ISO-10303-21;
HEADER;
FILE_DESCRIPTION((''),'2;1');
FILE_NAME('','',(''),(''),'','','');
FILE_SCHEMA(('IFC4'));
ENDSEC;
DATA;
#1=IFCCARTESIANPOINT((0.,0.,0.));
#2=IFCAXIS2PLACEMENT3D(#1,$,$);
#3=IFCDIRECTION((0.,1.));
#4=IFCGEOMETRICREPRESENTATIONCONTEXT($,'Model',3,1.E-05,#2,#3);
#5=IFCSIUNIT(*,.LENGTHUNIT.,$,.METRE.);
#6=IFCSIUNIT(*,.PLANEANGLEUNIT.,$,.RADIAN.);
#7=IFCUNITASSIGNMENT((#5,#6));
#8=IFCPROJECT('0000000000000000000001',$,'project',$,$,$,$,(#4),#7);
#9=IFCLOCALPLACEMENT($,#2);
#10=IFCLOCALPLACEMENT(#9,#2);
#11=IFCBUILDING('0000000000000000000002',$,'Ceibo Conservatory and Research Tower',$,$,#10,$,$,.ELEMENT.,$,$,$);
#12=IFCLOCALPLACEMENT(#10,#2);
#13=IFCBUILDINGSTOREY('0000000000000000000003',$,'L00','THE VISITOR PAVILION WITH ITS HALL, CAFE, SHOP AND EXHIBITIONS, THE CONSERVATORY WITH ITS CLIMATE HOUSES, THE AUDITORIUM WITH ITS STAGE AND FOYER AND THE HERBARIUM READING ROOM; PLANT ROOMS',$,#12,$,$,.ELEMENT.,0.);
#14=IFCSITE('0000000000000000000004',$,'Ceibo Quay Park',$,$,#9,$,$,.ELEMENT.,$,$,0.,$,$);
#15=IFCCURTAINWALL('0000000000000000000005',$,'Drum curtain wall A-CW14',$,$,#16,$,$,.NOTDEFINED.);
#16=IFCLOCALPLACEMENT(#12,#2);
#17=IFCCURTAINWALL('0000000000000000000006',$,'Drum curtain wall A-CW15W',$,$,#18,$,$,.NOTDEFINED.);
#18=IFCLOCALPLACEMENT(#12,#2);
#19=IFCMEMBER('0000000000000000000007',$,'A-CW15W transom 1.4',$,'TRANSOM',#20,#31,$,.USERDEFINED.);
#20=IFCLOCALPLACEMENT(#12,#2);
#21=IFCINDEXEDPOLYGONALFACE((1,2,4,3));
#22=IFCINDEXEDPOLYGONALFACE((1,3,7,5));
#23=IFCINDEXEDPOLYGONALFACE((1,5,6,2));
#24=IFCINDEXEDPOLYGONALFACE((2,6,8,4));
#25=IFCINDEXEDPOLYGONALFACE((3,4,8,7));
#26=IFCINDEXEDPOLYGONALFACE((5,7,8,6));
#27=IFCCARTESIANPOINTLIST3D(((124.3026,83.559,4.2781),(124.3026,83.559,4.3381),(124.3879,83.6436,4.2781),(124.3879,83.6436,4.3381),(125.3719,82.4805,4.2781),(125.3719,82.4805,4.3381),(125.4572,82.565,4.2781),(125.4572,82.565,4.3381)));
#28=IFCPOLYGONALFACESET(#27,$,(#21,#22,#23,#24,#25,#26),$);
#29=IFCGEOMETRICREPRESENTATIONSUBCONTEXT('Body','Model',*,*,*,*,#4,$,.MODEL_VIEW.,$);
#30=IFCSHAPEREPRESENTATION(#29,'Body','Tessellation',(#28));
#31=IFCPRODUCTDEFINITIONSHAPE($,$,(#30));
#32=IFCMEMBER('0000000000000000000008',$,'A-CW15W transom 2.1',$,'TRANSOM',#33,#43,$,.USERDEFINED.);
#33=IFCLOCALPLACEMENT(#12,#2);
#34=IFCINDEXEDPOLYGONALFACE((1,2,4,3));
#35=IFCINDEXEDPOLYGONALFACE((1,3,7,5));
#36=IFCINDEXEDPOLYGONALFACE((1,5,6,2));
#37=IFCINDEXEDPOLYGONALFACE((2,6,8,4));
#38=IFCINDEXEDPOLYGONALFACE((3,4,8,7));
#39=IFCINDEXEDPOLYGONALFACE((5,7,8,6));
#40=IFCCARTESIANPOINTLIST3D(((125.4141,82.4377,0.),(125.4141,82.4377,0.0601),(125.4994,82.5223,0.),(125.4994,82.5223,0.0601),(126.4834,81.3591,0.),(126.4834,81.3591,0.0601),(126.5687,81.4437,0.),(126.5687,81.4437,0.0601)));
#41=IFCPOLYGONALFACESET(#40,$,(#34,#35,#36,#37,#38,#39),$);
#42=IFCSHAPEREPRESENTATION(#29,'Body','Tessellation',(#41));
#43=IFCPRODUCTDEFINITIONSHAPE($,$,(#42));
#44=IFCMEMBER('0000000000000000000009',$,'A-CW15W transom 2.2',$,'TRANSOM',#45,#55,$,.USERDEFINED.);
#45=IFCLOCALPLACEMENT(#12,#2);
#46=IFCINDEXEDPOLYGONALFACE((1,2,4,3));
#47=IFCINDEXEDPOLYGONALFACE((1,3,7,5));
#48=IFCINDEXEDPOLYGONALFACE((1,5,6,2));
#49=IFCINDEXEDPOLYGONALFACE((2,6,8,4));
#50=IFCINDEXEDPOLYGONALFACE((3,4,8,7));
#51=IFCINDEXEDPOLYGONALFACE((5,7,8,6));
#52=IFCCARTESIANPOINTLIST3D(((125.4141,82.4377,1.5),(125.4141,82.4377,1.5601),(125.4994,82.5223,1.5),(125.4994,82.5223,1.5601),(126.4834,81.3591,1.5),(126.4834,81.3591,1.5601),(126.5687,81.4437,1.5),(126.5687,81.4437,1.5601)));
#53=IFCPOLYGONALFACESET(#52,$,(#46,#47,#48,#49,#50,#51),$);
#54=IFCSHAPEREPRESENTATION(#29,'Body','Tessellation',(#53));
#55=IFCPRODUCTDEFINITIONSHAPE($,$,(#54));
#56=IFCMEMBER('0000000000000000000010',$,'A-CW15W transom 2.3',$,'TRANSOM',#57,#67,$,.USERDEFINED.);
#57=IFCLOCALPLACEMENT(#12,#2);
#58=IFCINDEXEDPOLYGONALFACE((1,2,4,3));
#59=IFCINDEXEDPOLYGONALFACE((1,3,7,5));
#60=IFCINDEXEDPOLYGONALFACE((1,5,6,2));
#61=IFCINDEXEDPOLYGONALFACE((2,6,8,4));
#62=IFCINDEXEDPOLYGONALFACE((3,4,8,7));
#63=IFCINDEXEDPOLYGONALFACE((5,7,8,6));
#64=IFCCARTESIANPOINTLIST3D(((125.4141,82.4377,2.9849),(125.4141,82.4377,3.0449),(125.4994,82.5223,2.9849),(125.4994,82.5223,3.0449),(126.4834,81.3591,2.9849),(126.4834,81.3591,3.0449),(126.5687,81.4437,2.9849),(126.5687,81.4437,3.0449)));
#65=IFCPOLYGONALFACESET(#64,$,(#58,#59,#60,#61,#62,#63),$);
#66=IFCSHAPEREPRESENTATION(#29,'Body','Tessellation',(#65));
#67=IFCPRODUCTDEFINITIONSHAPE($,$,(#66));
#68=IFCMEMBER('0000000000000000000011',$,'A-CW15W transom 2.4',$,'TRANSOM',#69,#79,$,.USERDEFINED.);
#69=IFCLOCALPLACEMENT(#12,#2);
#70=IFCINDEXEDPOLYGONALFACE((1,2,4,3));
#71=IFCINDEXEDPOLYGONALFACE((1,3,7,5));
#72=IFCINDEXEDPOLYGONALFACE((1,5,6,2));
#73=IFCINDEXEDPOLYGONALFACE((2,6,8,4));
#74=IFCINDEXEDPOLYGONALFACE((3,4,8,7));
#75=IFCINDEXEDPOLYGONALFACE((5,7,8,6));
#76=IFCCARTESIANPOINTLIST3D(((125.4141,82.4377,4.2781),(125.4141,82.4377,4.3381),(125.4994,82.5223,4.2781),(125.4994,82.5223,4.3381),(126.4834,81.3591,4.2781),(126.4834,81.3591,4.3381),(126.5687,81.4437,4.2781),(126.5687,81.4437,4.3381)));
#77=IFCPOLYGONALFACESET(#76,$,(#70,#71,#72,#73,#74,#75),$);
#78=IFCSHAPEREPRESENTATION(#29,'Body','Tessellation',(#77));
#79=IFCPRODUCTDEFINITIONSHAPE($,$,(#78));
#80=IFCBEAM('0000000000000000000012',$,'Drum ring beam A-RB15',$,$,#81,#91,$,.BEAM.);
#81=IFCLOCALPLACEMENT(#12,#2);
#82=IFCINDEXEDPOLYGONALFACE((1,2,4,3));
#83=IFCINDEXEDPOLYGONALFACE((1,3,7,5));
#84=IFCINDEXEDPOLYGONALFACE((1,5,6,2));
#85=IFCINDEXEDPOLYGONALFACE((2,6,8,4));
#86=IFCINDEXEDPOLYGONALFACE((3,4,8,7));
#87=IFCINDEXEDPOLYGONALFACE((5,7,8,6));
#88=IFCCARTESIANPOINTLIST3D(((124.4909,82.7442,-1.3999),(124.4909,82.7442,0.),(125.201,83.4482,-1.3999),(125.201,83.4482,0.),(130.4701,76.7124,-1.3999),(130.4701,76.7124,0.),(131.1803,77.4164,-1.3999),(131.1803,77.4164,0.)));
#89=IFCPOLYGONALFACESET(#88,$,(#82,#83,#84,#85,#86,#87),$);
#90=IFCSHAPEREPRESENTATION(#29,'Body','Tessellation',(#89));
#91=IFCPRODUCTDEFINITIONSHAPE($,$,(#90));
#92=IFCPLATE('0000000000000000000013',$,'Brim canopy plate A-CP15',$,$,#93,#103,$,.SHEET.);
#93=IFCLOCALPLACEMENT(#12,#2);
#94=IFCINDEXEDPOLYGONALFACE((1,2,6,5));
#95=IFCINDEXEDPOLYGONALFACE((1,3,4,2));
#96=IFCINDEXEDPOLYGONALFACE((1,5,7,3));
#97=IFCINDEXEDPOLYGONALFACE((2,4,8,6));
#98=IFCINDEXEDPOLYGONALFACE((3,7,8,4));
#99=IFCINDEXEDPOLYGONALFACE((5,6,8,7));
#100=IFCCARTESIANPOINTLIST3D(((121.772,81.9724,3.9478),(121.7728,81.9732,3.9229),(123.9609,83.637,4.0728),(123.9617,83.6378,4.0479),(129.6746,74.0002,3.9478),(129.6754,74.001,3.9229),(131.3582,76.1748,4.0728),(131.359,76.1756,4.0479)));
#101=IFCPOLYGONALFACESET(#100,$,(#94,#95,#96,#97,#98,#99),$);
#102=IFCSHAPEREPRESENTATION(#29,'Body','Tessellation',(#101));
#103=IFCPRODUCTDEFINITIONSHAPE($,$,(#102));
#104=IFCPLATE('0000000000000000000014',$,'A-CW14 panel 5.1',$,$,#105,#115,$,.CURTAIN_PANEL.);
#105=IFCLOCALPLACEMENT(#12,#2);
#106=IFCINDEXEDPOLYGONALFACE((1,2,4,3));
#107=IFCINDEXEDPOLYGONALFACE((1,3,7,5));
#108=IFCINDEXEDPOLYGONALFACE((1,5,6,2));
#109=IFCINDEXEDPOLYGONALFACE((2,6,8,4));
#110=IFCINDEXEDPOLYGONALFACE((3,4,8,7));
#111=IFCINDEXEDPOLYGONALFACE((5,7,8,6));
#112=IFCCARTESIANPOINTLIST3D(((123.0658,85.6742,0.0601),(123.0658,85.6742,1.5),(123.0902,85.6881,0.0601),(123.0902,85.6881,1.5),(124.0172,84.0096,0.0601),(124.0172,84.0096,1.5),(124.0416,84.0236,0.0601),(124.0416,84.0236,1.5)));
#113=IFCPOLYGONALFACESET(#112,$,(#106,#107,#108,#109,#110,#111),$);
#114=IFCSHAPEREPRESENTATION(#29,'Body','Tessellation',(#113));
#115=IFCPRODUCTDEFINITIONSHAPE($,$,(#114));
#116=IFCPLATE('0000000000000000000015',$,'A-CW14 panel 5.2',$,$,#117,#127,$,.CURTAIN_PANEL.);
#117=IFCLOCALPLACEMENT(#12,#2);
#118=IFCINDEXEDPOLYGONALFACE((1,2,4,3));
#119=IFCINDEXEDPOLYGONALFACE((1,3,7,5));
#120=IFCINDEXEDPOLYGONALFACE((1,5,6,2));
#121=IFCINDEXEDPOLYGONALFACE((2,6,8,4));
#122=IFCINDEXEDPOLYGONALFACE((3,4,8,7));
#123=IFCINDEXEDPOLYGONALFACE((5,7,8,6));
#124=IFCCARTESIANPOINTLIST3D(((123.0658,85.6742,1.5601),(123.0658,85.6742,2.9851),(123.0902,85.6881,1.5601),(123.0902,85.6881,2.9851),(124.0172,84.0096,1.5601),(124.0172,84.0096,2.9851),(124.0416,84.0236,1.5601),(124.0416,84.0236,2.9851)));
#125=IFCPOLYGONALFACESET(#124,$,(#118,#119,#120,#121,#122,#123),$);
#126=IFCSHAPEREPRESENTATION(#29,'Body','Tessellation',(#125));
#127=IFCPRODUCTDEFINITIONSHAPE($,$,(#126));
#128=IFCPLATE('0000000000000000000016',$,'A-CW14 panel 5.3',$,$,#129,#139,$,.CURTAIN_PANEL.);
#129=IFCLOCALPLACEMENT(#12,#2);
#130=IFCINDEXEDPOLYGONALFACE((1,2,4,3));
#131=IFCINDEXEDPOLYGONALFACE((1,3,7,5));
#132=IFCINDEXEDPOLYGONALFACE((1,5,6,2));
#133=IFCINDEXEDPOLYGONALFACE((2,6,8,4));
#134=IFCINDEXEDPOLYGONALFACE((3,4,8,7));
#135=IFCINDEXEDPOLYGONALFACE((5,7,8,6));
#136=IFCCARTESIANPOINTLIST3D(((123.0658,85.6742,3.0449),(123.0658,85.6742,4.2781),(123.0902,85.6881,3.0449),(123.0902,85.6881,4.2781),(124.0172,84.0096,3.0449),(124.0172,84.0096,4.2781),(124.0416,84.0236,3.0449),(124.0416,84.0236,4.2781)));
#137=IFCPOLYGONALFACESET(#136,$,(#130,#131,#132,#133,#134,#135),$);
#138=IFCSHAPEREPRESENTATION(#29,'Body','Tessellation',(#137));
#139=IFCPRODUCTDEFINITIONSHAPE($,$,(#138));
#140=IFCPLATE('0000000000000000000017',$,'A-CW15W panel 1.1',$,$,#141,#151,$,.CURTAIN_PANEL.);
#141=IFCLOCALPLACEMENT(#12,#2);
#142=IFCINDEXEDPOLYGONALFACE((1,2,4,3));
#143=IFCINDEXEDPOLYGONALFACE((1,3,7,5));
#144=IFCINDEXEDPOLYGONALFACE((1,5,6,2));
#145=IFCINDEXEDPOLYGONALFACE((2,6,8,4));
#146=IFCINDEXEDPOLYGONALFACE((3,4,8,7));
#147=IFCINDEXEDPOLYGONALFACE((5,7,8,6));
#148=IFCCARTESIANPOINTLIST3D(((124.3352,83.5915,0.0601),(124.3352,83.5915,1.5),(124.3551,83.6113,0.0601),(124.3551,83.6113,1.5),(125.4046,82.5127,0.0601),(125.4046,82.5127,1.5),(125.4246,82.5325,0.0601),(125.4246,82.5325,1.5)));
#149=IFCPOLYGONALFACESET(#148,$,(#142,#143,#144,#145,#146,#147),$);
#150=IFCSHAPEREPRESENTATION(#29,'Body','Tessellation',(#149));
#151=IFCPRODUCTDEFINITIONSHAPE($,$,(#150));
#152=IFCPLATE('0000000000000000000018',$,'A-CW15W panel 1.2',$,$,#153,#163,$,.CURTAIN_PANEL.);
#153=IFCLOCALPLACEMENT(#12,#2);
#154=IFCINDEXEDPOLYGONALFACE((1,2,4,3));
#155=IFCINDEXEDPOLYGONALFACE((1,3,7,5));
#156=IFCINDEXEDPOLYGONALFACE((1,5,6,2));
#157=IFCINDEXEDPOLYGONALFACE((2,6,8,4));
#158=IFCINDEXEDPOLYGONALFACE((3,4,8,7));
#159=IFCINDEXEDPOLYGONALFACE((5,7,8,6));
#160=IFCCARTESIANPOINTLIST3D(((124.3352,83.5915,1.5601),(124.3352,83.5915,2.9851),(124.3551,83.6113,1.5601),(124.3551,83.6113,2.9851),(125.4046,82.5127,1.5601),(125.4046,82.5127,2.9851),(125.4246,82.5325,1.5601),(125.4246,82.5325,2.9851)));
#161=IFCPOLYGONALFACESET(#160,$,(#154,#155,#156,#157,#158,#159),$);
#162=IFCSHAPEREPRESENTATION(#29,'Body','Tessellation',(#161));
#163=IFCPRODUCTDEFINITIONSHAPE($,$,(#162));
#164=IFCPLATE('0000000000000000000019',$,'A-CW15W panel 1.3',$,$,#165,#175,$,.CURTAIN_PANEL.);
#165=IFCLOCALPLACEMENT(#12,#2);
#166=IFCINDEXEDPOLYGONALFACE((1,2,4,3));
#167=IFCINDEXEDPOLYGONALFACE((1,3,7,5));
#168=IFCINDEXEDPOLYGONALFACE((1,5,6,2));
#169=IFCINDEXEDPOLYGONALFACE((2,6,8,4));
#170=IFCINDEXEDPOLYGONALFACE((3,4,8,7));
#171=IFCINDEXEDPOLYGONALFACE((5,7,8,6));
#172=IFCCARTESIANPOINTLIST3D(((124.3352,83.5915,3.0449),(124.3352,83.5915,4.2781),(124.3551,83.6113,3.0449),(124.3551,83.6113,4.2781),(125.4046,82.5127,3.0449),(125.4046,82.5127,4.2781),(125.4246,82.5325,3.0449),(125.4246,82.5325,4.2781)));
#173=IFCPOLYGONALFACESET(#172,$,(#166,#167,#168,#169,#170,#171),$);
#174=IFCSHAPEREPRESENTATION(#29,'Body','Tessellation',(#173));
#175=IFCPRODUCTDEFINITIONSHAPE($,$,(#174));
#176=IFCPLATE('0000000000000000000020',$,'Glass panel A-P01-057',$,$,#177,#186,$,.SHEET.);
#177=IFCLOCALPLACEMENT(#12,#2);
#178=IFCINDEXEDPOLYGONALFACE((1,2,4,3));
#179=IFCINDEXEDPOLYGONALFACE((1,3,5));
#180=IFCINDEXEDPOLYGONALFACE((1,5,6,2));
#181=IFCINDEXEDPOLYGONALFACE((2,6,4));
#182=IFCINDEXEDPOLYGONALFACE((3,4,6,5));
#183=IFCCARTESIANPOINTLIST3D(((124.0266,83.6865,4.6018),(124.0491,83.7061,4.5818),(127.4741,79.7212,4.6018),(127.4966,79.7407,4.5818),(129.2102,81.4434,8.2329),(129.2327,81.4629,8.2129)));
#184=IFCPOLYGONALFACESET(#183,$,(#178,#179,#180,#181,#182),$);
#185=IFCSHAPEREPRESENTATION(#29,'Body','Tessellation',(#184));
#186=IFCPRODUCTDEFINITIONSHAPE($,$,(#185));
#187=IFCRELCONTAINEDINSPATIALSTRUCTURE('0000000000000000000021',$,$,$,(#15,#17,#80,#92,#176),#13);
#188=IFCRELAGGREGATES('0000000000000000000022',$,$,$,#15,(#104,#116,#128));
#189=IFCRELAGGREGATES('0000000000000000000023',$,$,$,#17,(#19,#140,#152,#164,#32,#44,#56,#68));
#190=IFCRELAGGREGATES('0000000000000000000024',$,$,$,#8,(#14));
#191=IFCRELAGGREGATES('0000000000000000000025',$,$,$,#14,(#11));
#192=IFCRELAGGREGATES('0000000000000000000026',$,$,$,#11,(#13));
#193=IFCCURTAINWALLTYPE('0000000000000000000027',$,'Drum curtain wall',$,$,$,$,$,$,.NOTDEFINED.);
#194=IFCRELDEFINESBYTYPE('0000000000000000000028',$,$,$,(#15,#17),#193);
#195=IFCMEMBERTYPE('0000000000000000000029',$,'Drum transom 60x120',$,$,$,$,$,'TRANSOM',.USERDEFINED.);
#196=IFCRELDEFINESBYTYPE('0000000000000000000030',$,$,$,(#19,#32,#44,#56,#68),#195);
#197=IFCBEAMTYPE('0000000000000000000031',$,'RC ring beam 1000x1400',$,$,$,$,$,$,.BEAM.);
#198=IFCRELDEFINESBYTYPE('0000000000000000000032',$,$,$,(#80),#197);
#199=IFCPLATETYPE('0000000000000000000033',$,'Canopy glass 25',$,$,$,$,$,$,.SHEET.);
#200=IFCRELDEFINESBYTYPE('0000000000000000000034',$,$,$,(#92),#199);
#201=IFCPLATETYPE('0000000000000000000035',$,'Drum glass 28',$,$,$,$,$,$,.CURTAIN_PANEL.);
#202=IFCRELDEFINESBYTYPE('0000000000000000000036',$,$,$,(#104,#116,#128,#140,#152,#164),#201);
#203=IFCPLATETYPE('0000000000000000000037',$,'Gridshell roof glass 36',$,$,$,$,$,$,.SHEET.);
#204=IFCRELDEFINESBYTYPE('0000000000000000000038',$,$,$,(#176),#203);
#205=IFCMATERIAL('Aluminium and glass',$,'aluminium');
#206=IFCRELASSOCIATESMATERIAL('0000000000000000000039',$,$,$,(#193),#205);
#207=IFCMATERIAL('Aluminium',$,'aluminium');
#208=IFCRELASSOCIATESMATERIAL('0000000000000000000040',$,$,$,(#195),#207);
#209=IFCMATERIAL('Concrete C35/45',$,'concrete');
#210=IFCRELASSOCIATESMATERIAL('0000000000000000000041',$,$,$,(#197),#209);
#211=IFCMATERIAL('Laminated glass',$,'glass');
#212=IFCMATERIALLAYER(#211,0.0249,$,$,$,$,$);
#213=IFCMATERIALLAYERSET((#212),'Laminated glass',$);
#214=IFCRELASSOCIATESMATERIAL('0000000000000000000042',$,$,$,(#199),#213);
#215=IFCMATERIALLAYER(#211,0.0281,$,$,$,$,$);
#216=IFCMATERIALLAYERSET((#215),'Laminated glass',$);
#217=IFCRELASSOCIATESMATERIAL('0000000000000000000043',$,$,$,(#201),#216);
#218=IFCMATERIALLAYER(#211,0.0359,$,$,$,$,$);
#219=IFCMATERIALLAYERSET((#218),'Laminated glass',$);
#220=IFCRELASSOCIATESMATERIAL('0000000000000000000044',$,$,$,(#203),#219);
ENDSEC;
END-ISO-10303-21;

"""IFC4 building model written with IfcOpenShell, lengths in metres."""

from ifc_helpers import new_model, si_unit, direction, frame, origin, origin_2d, place, context, subcontext, project, spatial, polyline, rectangle, outline, extrude, material, layer, layer_set, material_profile, profile_set, type_object, element, aggregate, save


model = new_model("IFC4")

# Units and contexts
model_context = context("Model", 3, precision=1e-05, world=origin(), true_north=direction((0.0, 1.0)))
body_context = subcontext(model_context, "Body", "Model", "MODEL_VIEW")
ifc_project = project(units=[si_unit("LENGTHUNIT", "METRE"), si_unit("PLANEANGLEUNIT", "RADIAN")], contexts=[model_context])

# Site, building, storey
site_placement = place(None, origin())
site = spatial("IfcSite", under=ifc_project, at=site_placement, Name="Ceibo Quay Park", CompositionType="ELEMENT", RefElevation=0.0)
building_placement = place(site_placement, origin())
building = spatial("IfcBuilding", under=site, at=building_placement, Name="Ceibo Conservatory and Research Tower", CompositionType="ELEMENT")
storey_placement = place(building_placement, origin())
storey = spatial("IfcBuildingStorey", under=building, at=storey_placement, Name="L00", Description="THE VISITOR PAVILION WITH ITS HALL, CAFE, SHOP AND EXHIBITIONS, THE CONSERVATORY WITH ITS CLIMATE HOUSES, THE AUDITORIUM WITH ITS STAGE AND FOYER AND THE HERBARIUM READING ROOM; PLANT ROOMS", CompositionType="ELEMENT", Elevation=0.0)

# Shared definitions
ifc_material_1 = material(Name="Concrete C35/45", Category="concrete")

# Curtain wall
ifc_material_2 = material(Name="Aluminium and glass", Category="aluminium")
curtain_wall_type = type_object("IfcCurtainWallType", Name="Drum curtain wall", PredefinedType="NOTDEFINED", material=ifc_material_2)
curtain_wall_1_placement = place(storey_placement, origin())
curtain_wall_1 = element("IfcCurtainWall", 1, at=curtain_wall_1_placement, inside=storey, type_object=curtain_wall_type, Name="Drum curtain wall A-CW14", PredefinedType="NOTDEFINED")
ifc_material_3 = material(Name="Aluminium", Category="aluminium")

# Curtain wall
curtain_wall_2_placement = place(storey_placement, origin())
curtain_wall_2 = element("IfcCurtainWall", 2, at=curtain_wall_2_placement, inside=storey, type_object=curtain_wall_type, Name="Drum curtain wall A-CW15W", PredefinedType="NOTDEFINED")

# Members
ifc_material_profile_1 = material_profile(ifc_material_3, rectangle(XDim=0.1201, YDim=0.0601, at=origin_2d()), Name="AL 60x120")
ifc_profile_set_1 = profile_set([ifc_material_profile_1], Name="Aluminium")
member_type_1 = type_object("IfcMemberType", Name="Drum transom 60x120", ElementType="TRANSOM", PredefinedType="USERDEFINED", material=ifc_profile_set_1)
member_1_placement = place(storey_placement, frame((124.3452, 83.6013, 4.3081), z_axis=(0.704046, -0.710154, 0.0), x_axis=(0.710154, 0.704046, 0.0)))
member_1 = element("IfcMember", 3, at=member_1_placement, type_object=member_type_1, Name="A-CW15W transom 1.4", ObjectType="TRANSOM", PredefinedType="USERDEFINED", context=body_context, shape_type="SweptSolid", body=[
    extrude(rectangle(XDim=0.1201, YDim=0.0601, at=origin_2d()), origin(), (0.0, 0.0, 1.0), 1.5188),
])
member_2_placement = place(storey_placement, frame((125.4568, 82.48, 0.03), z_axis=(0.704046, -0.710154, 0.0), x_axis=(0.710154, 0.704046, 0.0)))
member_2 = element("IfcMember", 4, at=member_2_placement, type_object=member_type_1, Name="A-CW15W transom 2.1", ObjectType="TRANSOM", PredefinedType="USERDEFINED", context=body_context, shape_type="SweptSolid", body=[
    extrude(rectangle(XDim=0.1201, YDim=0.0601, at=origin_2d()), origin(), (0.0, 0.0, 1.0), 1.5188),
])
member_3_placement = place(storey_placement, frame((125.4568, 82.48, 1.53), z_axis=(0.704046, -0.710154, 0.0), x_axis=(0.710154, 0.704046, 0.0)))
member_3 = element("IfcMember", 5, at=member_3_placement, type_object=member_type_1, Name="A-CW15W transom 2.2", ObjectType="TRANSOM", PredefinedType="USERDEFINED", context=body_context, shape_type="SweptSolid", body=[
    extrude(rectangle(XDim=0.1201, YDim=0.0601, at=origin_2d()), origin(), (0.0, 0.0, 1.0), 1.5188),
])
member_4_placement = place(storey_placement, frame((125.4568, 82.48, 3.0149), z_axis=(0.704046, -0.710154, 0.0), x_axis=(0.710154, 0.704046, 0.0)))
member_4 = element("IfcMember", 6, at=member_4_placement, type_object=member_type_1, Name="A-CW15W transom 2.3", ObjectType="TRANSOM", PredefinedType="USERDEFINED", context=body_context, shape_type="SweptSolid", body=[
    extrude(rectangle(XDim=0.1201, YDim=0.0601, at=origin_2d()), origin(), (0.0, 0.0, 1.0), 1.5188),
])
member_5_placement = place(storey_placement, frame((125.4568, 82.48, 4.3081), z_axis=(0.704046, -0.710154, 0.0), x_axis=(0.710154, 0.704046, 0.0)))
member_5 = element("IfcMember", 7, at=member_5_placement, type_object=member_type_1, Name="A-CW15W transom 2.4", ObjectType="TRANSOM", PredefinedType="USERDEFINED", context=body_context, shape_type="SweptSolid", body=[
    extrude(rectangle(XDim=0.1201, YDim=0.0601, at=origin_2d()), origin(), (0.0, 0.0, 1.0), 1.5188),
])

# Beam
ifc_material_profile_2 = material_profile(ifc_material_1, rectangle(XDim=1.0, YDim=1.3999, at=origin_2d()), Name="RC 1000x1400")
ifc_profile_set_2 = profile_set([ifc_material_profile_2], Name="Concrete C35/45")
beam_type = type_object("IfcBeamType", Name="RC ring beam 1000x1400", PredefinedType="BEAM", material=ifc_profile_set_2)
beam_placement = place(storey_placement, frame((124.8459, 83.0962, -0.7), z_axis=(0.70401, -0.71019, 0.0), x_axis=(0.71019, 0.70401, 0.0)))
element("IfcBeam", 8, at=beam_placement, inside=storey, type_object=beam_type, Name="Drum ring beam A-RB15", PredefinedType="BEAM", context=body_context, shape_type="SweptSolid", body=[
    extrude(rectangle(XDim=1.0, YDim=1.3999, at=origin_2d()), origin(), (0.0, 0.0, 1.0), 8.4932),
])

# Plates
ifc_material_4 = material(Name="Laminated glass", Category="glass")
ifc_layer_1 = layer(ifc_material_4, 0.0249)
ifc_layer_set_1 = layer_set([ifc_layer_1], Name="Laminated glass")
plate_type_1 = type_object("IfcPlateType", Name="Canopy glass 25", PredefinedType="SHEET", material=ifc_layer_set_1)
plate_1_placement = place(storey_placement, frame((123.9609, 83.637, 4.0728), z_axis=(0.032526, 0.032242, -0.998951), x_axis=(0.70401, -0.71019, 0.0)))
element("IfcPlate", 9, at=plate_1_placement, inside=storey, type_object=plate_type_1, Name="Brim canopy plate A-CP15", PredefinedType="SHEET", context=body_context, shape_type="SweptSolid", body=[
    extrude(outline(polyline([(0.0, 0.0), (10.5073, 0.0), (10.8664, 2.7294), (-0.3589, 2.7293), (0.0, 0.0)])), origin(), (0.0, 0.0, 1.0), 0.0249),
])
ifc_layer_2 = layer(ifc_material_4, 0.0281)
ifc_layer_set_2 = layer_set([ifc_layer_2], Name="Laminated glass")
plate_type_2 = type_object("IfcPlateType", Name="Drum glass 28", PredefinedType="CURTAIN_PANEL", material=ifc_layer_set_2)
plate_2_placement = place(storey_placement, frame((123.5537, 84.8489, 0.0601), z_axis=(0.0, 0.0, 1.0), x_axis=(0.496216, -0.868199, 0.0)))
plate_2 = element("IfcPlate", 10, at=plate_2_placement, type_object=plate_type_2, Name="A-CW14 panel 5.1", PredefinedType="CURTAIN_PANEL", context=body_context, shape_type="SweptSolid", body=[
    extrude(rectangle(XDim=1.9172, YDim=0.0281, at=origin_2d()), origin(), (0.0, 0.0, 1.0), 1.4399),
])
plate_3_placement = place(storey_placement, frame((123.5537, 84.8489, 1.5601), z_axis=(0.0, 0.0, 1.0), x_axis=(0.496216, -0.868199, 0.0)))
plate_3 = element("IfcPlate", 11, at=plate_3_placement, type_object=plate_type_2, Name="A-CW14 panel 5.2", PredefinedType="CURTAIN_PANEL", context=body_context, shape_type="SweptSolid", body=[
    extrude(rectangle(XDim=1.9172, YDim=0.0281, at=origin_2d()), origin(), (0.0, 0.0, 1.0), 1.425),
])
plate_4_placement = place(storey_placement, frame((123.5537, 84.8489, 3.0449), z_axis=(0.0, 0.0, 1.0), x_axis=(0.496216, -0.868199, 0.0)))
plate_4 = element("IfcPlate", 12, at=plate_4_placement, type_object=plate_type_2, Name="A-CW14 panel 5.3", PredefinedType="CURTAIN_PANEL", context=body_context, shape_type="SweptSolid", body=[
    extrude(rectangle(XDim=1.9172, YDim=0.0281, at=origin_2d()), origin(), (0.0, 0.0, 1.0), 1.2332),
])
aggregate(curtain_wall_1, [plate_2, plate_3, plate_4])
plate_5_placement = place(storey_placement, frame((124.8799, 83.062, 0.0601), z_axis=(0.0, 0.0, 1.0), x_axis=(0.704015, -0.710185, 0.0)))
plate_5 = element("IfcPlate", 13, at=plate_5_placement, type_object=plate_type_2, Name="A-CW15W panel 1.1", PredefinedType="CURTAIN_PANEL", context=body_context, shape_type="SweptSolid", body=[
    extrude(rectangle(XDim=1.519, YDim=0.0281, at=origin_2d()), origin(), (0.0, 0.0, 1.0), 1.4399),
])
plate_6_placement = place(storey_placement, frame((124.8799, 83.062, 1.5601), z_axis=(0.0, 0.0, 1.0), x_axis=(0.704015, -0.710185, 0.0)))
plate_6 = element("IfcPlate", 14, at=plate_6_placement, type_object=plate_type_2, Name="A-CW15W panel 1.2", PredefinedType="CURTAIN_PANEL", context=body_context, shape_type="SweptSolid", body=[
    extrude(rectangle(XDim=1.519, YDim=0.0281, at=origin_2d()), origin(), (0.0, 0.0, 1.0), 1.425),
])
plate_7_placement = place(storey_placement, frame((124.8799, 83.062, 3.0449), z_axis=(0.0, 0.0, 1.0), x_axis=(0.704015, -0.710185, 0.0)))
plate_7 = element("IfcPlate", 15, at=plate_7_placement, type_object=plate_type_2, Name="A-CW15W panel 1.3", PredefinedType="CURTAIN_PANEL", context=body_context, shape_type="SweptSolid", body=[
    extrude(rectangle(XDim=1.519, YDim=0.0281, at=origin_2d()), origin(), (0.0, 0.0, 1.0), 1.2332),
])
aggregate(curtain_wall_2, [member_1, plate_5, plate_6, plate_7, member_2, member_3, member_4, member_5])

# Plate
ifc_layer_3 = layer(ifc_material_4, 0.0359)
ifc_layer_set_3 = layer_set([ifc_layer_3], Name="Laminated glass")
plate_type_3 = type_object("IfcPlateType", Name="Gridshell roof glass 36", PredefinedType="SHEET", material=ifc_layer_set_3)
plate_8_placement = place(storey_placement, frame((124.0266, 83.6865, 4.6018), z_axis=(-0.626372, -0.544575, 0.55776), x_axis=(0.656113, -0.754663, 0.0)))
element("IfcPlate", 16, at=plate_8_placement, inside=storey, type_object=plate_type_3, Name="Glass panel A-P01-057", PredefinedType="SHEET", context=body_context, shape_type="SweptSolid", body=[
    extrude(outline(polyline([(0.0, 0.0), (5.2544, 0.0), (5.0939, 4.3748), (0.0, 0.0)])), origin(), (0.0, 0.0, -1.0), 0.0359),
])

save(model, "model.ifc")
